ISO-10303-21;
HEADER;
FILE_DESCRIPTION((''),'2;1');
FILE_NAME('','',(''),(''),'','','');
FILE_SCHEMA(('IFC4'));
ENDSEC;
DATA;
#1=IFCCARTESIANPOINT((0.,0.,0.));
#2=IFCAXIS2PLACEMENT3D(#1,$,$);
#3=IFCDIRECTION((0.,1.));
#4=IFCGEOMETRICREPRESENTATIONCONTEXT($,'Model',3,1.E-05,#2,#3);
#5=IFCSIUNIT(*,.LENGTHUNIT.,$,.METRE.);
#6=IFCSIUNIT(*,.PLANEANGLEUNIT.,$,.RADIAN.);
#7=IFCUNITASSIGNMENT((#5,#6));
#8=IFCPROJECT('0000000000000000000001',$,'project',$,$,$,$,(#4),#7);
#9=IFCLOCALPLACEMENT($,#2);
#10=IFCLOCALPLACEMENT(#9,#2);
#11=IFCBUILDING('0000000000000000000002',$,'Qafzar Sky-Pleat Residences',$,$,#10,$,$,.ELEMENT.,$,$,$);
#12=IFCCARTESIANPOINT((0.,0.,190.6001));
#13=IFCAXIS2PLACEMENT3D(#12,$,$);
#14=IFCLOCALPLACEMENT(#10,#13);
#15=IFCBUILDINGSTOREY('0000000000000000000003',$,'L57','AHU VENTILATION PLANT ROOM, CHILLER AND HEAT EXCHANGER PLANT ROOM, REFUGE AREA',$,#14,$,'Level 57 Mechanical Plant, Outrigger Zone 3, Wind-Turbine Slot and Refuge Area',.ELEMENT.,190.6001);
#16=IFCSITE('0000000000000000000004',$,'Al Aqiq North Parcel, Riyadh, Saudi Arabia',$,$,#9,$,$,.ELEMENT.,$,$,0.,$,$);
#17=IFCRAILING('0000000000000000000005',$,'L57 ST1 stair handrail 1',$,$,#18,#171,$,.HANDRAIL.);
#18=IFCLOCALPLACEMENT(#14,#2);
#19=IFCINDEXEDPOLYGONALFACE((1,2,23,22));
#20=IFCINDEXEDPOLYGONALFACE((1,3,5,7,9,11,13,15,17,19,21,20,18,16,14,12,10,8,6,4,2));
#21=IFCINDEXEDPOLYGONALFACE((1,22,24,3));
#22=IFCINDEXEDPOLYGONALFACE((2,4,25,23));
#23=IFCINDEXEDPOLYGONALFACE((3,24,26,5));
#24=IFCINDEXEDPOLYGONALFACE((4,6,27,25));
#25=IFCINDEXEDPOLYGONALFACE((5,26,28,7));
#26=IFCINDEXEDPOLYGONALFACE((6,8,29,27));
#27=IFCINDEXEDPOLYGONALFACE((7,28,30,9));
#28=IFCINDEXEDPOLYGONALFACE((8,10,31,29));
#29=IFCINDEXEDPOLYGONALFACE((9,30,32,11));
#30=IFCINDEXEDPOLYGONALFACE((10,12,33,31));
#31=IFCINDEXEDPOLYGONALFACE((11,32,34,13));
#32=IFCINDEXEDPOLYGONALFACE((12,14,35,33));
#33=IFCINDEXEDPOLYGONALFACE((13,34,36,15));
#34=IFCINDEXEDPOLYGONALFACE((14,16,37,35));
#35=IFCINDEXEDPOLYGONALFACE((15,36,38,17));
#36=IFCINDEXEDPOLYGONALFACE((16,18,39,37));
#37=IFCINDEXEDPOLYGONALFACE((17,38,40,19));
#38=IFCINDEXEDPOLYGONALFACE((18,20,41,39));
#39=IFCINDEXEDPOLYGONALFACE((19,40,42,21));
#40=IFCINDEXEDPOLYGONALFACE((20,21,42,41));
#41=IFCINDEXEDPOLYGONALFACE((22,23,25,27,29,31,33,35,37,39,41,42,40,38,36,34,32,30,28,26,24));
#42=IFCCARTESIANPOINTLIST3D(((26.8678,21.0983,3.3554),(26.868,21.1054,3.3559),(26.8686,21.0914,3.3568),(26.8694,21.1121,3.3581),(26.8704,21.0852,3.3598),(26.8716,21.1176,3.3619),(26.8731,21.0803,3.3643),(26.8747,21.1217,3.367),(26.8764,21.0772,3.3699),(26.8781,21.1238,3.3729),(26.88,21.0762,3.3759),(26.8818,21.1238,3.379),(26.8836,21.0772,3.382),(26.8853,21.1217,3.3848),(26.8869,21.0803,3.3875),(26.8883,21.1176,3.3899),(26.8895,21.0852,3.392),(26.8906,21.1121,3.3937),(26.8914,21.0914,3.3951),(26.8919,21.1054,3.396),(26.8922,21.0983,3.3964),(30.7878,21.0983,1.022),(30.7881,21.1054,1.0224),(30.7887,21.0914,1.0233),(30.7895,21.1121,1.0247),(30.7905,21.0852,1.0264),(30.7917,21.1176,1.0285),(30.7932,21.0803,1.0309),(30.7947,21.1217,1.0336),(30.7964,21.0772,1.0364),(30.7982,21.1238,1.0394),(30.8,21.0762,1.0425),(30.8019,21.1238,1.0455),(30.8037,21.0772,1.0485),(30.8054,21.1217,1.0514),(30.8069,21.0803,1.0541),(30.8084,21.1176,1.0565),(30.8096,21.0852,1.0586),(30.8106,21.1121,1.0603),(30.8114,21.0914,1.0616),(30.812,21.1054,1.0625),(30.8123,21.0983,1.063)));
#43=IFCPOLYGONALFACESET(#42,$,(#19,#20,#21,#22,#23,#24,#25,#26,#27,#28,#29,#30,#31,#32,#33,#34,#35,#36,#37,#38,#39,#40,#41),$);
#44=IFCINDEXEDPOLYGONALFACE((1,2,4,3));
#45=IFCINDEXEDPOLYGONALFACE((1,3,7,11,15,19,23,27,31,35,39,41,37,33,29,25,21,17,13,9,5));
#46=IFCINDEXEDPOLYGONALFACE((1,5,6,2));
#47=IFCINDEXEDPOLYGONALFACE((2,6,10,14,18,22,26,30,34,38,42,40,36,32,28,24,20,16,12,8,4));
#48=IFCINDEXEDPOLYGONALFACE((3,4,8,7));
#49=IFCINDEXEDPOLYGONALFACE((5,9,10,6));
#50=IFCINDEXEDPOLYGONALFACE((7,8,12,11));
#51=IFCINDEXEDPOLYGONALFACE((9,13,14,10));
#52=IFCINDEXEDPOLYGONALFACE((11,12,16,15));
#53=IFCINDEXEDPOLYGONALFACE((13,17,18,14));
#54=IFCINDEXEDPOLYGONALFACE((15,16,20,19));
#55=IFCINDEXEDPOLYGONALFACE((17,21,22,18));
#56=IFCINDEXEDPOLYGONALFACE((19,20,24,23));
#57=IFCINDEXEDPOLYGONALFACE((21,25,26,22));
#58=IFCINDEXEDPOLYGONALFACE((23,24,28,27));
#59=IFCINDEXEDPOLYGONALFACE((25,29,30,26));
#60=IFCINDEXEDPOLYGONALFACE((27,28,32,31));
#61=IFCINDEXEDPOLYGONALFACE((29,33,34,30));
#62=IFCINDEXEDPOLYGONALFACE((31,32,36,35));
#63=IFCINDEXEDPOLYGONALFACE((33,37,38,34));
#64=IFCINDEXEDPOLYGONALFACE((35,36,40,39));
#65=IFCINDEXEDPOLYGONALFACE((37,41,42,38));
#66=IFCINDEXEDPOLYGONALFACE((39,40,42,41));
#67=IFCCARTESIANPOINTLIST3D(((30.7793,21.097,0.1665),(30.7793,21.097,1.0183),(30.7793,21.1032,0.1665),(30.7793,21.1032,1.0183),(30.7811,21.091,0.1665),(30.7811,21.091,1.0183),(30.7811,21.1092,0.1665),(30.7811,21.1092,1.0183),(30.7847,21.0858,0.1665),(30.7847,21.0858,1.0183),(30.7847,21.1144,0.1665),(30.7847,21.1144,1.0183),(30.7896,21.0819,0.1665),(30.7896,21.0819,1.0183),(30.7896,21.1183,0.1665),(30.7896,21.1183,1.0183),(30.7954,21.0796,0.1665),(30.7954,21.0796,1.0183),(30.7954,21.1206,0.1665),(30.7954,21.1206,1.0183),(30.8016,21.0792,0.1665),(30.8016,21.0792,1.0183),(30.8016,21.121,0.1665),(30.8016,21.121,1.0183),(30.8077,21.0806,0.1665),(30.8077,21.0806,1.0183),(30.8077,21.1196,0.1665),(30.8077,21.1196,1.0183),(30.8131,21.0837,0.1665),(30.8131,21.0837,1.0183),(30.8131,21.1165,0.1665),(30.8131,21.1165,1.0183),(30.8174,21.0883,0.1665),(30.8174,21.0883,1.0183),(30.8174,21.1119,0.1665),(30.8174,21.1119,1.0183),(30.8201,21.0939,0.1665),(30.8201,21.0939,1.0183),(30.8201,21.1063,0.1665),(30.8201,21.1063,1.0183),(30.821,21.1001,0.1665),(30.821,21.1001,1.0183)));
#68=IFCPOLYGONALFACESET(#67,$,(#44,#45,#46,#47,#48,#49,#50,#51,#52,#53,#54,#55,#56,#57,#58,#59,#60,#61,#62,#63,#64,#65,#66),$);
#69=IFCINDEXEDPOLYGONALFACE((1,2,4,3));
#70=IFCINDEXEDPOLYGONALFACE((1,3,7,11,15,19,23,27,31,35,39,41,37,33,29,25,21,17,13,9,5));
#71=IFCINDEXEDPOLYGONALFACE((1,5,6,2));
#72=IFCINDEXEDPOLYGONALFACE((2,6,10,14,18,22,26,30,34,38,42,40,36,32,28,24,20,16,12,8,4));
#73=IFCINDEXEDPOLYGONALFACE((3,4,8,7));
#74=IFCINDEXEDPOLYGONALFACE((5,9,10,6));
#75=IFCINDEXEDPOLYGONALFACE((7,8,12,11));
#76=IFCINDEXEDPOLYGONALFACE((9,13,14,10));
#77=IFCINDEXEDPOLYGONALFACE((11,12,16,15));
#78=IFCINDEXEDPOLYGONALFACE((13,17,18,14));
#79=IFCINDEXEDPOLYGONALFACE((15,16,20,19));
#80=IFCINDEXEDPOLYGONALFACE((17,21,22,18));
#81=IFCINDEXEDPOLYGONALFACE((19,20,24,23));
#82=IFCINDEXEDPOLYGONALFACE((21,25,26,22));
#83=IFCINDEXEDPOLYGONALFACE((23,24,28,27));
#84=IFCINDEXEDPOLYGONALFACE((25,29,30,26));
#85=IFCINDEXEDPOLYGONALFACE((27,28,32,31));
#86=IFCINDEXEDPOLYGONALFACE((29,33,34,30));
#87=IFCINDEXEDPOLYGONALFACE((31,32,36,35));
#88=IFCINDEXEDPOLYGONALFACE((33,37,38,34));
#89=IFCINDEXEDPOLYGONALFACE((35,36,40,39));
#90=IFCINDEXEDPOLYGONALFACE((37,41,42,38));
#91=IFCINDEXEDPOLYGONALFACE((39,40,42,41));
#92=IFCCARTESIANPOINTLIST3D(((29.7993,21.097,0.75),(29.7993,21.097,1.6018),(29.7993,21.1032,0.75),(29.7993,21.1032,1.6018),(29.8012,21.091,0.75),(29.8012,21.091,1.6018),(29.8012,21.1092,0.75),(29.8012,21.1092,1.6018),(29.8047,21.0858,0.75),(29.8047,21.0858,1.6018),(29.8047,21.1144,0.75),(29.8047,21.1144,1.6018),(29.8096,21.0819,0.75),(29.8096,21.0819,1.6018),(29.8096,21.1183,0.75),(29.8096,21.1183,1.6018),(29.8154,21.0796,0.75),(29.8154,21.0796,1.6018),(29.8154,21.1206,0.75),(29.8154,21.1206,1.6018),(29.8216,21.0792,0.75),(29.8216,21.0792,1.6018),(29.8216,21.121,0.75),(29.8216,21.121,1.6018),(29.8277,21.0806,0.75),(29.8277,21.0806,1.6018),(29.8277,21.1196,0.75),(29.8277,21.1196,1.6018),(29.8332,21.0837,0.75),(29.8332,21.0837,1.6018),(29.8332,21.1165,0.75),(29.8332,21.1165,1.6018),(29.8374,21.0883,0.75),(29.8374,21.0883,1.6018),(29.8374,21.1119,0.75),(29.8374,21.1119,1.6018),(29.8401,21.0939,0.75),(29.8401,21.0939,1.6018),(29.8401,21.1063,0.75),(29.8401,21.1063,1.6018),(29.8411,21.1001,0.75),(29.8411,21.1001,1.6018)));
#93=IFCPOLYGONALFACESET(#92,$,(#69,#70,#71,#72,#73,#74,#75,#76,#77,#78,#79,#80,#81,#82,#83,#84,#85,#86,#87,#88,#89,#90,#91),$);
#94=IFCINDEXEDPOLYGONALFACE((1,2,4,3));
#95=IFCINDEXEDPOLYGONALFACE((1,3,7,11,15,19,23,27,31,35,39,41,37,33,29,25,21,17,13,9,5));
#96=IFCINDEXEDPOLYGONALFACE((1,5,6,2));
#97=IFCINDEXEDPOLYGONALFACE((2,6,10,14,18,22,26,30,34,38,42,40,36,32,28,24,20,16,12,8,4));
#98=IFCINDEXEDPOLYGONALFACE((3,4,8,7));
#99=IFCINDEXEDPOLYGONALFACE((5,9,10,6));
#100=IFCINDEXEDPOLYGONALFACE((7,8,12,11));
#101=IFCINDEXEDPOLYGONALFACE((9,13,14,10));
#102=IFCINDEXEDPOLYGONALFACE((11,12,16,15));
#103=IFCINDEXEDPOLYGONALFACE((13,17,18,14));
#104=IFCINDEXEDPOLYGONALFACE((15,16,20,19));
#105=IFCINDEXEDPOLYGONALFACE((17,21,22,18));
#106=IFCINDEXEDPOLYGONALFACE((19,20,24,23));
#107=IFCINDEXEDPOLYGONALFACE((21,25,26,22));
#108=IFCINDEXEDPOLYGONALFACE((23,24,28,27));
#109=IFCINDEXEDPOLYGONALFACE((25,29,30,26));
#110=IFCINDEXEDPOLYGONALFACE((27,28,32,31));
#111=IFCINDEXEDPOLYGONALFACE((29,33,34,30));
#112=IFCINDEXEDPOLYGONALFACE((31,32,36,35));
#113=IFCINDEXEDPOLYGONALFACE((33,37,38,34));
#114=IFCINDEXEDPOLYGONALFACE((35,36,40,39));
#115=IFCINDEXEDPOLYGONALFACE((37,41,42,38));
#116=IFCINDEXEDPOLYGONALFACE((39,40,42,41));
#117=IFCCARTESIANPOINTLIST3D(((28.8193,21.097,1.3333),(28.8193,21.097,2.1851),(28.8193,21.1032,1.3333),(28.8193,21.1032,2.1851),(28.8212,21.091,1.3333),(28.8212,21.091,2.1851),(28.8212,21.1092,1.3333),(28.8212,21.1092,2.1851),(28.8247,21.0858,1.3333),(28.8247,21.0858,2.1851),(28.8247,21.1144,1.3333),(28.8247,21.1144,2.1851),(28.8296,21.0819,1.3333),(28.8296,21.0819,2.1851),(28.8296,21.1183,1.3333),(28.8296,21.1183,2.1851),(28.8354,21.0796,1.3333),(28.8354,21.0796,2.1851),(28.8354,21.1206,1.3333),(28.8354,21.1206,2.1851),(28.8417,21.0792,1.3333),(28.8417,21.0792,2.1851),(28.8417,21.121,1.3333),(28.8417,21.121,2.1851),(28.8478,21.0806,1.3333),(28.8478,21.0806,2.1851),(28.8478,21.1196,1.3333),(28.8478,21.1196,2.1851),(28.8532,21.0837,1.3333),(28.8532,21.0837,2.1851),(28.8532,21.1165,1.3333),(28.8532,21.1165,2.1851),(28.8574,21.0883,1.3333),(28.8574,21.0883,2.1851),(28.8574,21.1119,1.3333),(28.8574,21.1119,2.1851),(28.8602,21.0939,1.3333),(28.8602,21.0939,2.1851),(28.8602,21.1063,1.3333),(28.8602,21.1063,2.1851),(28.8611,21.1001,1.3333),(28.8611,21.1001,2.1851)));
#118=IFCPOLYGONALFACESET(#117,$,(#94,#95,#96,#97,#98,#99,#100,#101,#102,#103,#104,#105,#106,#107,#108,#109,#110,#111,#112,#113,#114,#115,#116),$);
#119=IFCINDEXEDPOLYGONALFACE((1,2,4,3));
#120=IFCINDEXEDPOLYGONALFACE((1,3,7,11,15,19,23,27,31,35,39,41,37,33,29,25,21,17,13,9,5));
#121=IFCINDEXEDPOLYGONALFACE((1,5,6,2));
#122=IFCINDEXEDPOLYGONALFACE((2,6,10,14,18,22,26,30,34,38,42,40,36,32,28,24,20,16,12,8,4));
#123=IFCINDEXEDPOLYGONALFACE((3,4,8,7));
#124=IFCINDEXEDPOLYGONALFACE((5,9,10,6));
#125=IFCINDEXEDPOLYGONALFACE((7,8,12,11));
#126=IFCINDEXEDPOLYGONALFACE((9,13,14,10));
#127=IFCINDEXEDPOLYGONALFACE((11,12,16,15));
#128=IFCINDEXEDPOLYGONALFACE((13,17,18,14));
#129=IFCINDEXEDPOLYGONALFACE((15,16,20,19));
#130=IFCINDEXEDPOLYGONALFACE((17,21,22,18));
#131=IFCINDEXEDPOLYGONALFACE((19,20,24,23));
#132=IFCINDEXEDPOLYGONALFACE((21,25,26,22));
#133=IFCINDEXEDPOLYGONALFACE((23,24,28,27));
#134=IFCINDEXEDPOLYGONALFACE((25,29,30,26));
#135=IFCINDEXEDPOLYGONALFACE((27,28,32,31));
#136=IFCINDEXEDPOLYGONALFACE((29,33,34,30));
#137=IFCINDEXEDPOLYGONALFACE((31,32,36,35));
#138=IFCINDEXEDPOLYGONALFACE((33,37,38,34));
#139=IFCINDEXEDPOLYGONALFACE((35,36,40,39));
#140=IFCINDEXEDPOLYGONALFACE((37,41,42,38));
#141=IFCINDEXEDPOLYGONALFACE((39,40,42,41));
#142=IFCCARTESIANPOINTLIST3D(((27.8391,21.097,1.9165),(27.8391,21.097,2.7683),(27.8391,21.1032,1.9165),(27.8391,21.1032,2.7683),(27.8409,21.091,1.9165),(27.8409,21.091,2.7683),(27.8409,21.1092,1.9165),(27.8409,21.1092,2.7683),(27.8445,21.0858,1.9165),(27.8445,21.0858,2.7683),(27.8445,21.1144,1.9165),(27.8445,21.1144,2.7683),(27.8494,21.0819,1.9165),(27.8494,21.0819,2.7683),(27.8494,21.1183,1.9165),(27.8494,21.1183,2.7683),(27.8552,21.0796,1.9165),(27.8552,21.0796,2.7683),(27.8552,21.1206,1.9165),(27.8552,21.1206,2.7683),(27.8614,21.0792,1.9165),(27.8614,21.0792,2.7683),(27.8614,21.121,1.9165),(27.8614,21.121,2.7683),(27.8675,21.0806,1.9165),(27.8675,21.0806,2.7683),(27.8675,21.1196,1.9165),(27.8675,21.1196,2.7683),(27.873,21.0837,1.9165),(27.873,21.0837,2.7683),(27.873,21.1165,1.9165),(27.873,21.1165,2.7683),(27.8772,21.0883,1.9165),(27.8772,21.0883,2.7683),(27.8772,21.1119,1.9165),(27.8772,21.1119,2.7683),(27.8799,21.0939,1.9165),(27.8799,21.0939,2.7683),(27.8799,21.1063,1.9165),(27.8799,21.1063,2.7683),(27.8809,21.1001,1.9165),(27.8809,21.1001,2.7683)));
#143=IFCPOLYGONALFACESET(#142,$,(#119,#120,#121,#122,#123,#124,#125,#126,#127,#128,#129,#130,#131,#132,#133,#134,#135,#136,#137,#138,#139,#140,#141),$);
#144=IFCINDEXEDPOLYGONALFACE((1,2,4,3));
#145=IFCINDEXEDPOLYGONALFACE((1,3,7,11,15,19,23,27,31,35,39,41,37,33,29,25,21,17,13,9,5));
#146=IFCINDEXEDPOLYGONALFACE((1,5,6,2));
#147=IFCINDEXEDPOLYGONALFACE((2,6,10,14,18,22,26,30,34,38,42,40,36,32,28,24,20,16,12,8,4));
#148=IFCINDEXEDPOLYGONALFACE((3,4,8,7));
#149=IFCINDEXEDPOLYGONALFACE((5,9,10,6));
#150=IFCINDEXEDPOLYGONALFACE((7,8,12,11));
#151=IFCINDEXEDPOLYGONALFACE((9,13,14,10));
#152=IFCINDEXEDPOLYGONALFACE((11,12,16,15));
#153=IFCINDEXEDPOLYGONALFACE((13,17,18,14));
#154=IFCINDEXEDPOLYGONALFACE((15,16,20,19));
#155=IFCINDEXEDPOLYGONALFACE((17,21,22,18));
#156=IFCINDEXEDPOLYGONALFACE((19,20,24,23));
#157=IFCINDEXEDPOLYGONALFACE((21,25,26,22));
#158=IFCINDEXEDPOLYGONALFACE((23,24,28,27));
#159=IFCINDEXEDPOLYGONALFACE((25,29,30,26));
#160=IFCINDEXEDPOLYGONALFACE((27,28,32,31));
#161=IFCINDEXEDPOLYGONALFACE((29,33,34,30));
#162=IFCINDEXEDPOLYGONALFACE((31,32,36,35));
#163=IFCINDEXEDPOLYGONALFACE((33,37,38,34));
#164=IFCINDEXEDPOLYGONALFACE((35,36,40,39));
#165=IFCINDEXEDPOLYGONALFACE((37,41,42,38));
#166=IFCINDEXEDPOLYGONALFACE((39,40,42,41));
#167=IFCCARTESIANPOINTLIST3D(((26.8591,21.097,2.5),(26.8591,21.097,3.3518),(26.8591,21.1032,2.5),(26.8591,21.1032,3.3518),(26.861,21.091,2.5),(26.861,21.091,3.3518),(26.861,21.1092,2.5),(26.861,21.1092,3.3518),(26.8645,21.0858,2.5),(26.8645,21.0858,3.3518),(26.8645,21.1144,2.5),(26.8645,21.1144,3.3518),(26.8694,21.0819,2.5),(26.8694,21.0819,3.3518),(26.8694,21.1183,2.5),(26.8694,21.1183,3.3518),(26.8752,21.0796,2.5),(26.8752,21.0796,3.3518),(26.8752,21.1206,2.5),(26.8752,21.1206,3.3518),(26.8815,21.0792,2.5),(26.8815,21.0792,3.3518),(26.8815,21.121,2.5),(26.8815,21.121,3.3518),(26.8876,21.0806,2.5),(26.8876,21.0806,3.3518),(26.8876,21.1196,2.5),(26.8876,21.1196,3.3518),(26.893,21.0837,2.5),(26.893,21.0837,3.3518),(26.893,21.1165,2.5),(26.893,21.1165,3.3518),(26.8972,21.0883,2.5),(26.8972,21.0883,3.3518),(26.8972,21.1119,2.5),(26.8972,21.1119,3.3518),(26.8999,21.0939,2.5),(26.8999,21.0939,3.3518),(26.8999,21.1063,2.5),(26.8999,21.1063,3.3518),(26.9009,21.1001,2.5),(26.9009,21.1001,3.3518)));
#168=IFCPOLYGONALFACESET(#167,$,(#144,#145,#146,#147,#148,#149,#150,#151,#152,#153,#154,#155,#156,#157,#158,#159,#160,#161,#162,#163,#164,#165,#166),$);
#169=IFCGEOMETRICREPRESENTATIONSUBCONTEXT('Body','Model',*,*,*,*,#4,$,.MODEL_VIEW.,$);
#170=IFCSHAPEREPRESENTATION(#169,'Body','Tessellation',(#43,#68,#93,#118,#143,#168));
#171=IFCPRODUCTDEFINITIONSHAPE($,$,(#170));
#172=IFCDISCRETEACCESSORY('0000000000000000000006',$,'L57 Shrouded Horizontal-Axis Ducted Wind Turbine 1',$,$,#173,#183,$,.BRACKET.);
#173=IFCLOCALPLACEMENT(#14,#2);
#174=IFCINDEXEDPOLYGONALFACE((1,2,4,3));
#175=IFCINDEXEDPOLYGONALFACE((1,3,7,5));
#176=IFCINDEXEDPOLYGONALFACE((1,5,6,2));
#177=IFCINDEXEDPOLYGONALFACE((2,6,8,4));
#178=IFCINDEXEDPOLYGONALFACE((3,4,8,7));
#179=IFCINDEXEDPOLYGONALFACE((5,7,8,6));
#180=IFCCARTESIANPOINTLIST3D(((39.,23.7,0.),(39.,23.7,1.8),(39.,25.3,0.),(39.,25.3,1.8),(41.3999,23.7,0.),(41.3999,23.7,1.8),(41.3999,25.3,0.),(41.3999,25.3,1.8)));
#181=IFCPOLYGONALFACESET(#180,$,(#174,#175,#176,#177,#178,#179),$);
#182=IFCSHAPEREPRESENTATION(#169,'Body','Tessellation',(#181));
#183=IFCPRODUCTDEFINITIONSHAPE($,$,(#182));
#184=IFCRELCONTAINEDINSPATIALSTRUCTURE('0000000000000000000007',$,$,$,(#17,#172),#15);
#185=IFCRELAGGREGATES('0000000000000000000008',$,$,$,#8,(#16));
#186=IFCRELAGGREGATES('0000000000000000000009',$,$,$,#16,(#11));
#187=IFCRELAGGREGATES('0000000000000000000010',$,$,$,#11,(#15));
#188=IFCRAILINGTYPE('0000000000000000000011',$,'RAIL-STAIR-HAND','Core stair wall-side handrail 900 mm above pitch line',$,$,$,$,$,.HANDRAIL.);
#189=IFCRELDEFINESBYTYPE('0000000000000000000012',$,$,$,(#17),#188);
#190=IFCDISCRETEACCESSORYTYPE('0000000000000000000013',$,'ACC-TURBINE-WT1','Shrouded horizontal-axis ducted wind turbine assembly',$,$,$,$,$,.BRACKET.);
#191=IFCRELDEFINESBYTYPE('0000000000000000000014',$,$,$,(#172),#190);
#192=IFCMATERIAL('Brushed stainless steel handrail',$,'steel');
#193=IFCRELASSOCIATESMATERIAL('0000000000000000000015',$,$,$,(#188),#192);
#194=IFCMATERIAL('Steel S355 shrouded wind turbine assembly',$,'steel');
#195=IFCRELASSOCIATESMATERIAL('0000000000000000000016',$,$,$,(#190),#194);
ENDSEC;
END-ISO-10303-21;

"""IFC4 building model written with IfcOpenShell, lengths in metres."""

from ifc_helpers import new_model, si_unit, direction, frame, origin, origin_2d, place, context, subcontext, project, spatial, rectangle, circle, extrude, source, transform, mapped, material, type_object, element, save


model = new_model("IFC4")

# Units and contexts
model_context = context("Model", 3, precision=1e-05, world=origin(), true_north=direction((0.0, 1.0)))
body_context = subcontext(model_context, "Body", "Model", "MODEL_VIEW")
ifc_project = project(units=[si_unit("LENGTHUNIT", "METRE"), si_unit("PLANEANGLEUNIT", "RADIAN")], contexts=[model_context])

# Site, building, storey
site_placement = place(None, origin())
site = spatial("IfcSite", under=ifc_project, at=site_placement, Name="Al Aqiq North Parcel, Riyadh, Saudi Arabia", CompositionType="ELEMENT", RefElevation=0.0)
building_placement = place(site_placement, origin())
building = spatial("IfcBuilding", under=site, at=building_placement, Name="Qafzar Sky-Pleat Residences", CompositionType="ELEMENT")
storey_placement = place(building_placement, frame((0.0, 0.0, 190.6001)))
storey = spatial("IfcBuildingStorey", under=building, at=storey_placement, Name="L57", Description="AHU VENTILATION PLANT ROOM, CHILLER AND HEAT EXCHANGER PLANT ROOM, REFUGE AREA", LongName="Level 57 Mechanical Plant, Outrigger Zone 3, Wind-Turbine Slot and Refuge Area", CompositionType="ELEMENT", Elevation=190.6001)

# Railing
ifc_material_1 = material(Name="Brushed stainless steel handrail", Category="steel")
railing_type_1 = type_object("IfcRailingType", Name="RAIL-STAIR-HAND", Description="Core stair wall-side handrail 900 mm above pitch line", PredefinedType="HANDRAIL", material=ifc_material_1)
shared_shape_1 = source(origin(), body_context, "Body", "SweptSolid", [
    extrude(circle(Radius=0.0239, at=origin_2d()), frame((0.0, 0.0, 0.876), z_axis=(-0.859287, 0.0, 0.511494), x_axis=(0.0, -1.0, 0.0)), (0.0, 0.0, 1.0), 4.562),
    extrude(circle(Radius=0.021, at=origin_2d()), origin(), (0.0, 0.0, 1.0), 0.8518),
    extrude(circle(Radius=0.021, at=origin_2d()), frame((-0.98, 0.0, 0.5835)), (0.0, 0.0, 1.0), 0.8518),
    extrude(circle(Radius=0.021, at=origin_2d()), frame((-1.96, 0.0, 1.1667)), (0.0, 0.0, 1.0), 0.8518),
    extrude(circle(Radius=0.021, at=origin_2d()), frame((-2.9402, 0.0, 1.75)), (0.0, 0.0, 1.0), 0.8518),
    extrude(circle(Radius=0.021, at=origin_2d()), frame((-3.9202, 0.0, 2.3335)), (0.0, 0.0, 1.0), 0.8518),
])
railing_1_placement = place(storey_placement, frame((30.8, 21.1001, 0.1665)))
element("IfcRailing", 1, at=railing_1_placement, inside=storey, type_object=railing_type_1, Name="L57 ST1 stair handrail 1", PredefinedType="HANDRAIL", context=body_context, shape_type="MappedRepresentation", body=[
    mapped(shared_shape_1, transform((0.0, 0.0, 0.0), x_axis=(1.0, 0.0, 0.0), y_axis=(0.0, 1.0, 0.0), z_axis=(0.0, 0.0, 1.0), scale=1.0)),
])

# Discrete accessory
ifc_material_2 = material(Name="Steel S355 shrouded wind turbine assembly", Category="steel")
discrete_accessory_type = type_object("IfcDiscreteAccessoryType", Name="ACC-TURBINE-WT1", Description="Shrouded horizontal-axis ducted wind turbine assembly", PredefinedType="BRACKET", material=ifc_material_2)
shared_shape_2 = source(origin(), body_context, "Body", "SweptSolid", [
    extrude(rectangle(XDim=2.3999, YDim=1.6001, at=origin_2d()), origin(), (0.0, 0.0, 1.0), 1.8),
])
discrete_accessory_placement = place(storey_placement, frame((40.2, 24.5, 0.0), z_axis=(0.0, 0.0, 1.0), x_axis=(1.0, 0.0, 0.0)))
element("IfcDiscreteAccessory", 2, at=discrete_accessory_placement, inside=storey, type_object=discrete_accessory_type, Name="L57 Shrouded Horizontal-Axis Ducted Wind Turbine 1", PredefinedType="BRACKET", context=body_context, shape_type="MappedRepresentation", body=[
    mapped(shared_shape_2, transform((0.0, 0.0, 0.0), x_axis=(1.0, 0.0, 0.0), y_axis=(0.0, 1.0, 0.0), z_axis=(0.0, 0.0, 1.0), scale=1.0)),
])

save(model, "model.ifc")
